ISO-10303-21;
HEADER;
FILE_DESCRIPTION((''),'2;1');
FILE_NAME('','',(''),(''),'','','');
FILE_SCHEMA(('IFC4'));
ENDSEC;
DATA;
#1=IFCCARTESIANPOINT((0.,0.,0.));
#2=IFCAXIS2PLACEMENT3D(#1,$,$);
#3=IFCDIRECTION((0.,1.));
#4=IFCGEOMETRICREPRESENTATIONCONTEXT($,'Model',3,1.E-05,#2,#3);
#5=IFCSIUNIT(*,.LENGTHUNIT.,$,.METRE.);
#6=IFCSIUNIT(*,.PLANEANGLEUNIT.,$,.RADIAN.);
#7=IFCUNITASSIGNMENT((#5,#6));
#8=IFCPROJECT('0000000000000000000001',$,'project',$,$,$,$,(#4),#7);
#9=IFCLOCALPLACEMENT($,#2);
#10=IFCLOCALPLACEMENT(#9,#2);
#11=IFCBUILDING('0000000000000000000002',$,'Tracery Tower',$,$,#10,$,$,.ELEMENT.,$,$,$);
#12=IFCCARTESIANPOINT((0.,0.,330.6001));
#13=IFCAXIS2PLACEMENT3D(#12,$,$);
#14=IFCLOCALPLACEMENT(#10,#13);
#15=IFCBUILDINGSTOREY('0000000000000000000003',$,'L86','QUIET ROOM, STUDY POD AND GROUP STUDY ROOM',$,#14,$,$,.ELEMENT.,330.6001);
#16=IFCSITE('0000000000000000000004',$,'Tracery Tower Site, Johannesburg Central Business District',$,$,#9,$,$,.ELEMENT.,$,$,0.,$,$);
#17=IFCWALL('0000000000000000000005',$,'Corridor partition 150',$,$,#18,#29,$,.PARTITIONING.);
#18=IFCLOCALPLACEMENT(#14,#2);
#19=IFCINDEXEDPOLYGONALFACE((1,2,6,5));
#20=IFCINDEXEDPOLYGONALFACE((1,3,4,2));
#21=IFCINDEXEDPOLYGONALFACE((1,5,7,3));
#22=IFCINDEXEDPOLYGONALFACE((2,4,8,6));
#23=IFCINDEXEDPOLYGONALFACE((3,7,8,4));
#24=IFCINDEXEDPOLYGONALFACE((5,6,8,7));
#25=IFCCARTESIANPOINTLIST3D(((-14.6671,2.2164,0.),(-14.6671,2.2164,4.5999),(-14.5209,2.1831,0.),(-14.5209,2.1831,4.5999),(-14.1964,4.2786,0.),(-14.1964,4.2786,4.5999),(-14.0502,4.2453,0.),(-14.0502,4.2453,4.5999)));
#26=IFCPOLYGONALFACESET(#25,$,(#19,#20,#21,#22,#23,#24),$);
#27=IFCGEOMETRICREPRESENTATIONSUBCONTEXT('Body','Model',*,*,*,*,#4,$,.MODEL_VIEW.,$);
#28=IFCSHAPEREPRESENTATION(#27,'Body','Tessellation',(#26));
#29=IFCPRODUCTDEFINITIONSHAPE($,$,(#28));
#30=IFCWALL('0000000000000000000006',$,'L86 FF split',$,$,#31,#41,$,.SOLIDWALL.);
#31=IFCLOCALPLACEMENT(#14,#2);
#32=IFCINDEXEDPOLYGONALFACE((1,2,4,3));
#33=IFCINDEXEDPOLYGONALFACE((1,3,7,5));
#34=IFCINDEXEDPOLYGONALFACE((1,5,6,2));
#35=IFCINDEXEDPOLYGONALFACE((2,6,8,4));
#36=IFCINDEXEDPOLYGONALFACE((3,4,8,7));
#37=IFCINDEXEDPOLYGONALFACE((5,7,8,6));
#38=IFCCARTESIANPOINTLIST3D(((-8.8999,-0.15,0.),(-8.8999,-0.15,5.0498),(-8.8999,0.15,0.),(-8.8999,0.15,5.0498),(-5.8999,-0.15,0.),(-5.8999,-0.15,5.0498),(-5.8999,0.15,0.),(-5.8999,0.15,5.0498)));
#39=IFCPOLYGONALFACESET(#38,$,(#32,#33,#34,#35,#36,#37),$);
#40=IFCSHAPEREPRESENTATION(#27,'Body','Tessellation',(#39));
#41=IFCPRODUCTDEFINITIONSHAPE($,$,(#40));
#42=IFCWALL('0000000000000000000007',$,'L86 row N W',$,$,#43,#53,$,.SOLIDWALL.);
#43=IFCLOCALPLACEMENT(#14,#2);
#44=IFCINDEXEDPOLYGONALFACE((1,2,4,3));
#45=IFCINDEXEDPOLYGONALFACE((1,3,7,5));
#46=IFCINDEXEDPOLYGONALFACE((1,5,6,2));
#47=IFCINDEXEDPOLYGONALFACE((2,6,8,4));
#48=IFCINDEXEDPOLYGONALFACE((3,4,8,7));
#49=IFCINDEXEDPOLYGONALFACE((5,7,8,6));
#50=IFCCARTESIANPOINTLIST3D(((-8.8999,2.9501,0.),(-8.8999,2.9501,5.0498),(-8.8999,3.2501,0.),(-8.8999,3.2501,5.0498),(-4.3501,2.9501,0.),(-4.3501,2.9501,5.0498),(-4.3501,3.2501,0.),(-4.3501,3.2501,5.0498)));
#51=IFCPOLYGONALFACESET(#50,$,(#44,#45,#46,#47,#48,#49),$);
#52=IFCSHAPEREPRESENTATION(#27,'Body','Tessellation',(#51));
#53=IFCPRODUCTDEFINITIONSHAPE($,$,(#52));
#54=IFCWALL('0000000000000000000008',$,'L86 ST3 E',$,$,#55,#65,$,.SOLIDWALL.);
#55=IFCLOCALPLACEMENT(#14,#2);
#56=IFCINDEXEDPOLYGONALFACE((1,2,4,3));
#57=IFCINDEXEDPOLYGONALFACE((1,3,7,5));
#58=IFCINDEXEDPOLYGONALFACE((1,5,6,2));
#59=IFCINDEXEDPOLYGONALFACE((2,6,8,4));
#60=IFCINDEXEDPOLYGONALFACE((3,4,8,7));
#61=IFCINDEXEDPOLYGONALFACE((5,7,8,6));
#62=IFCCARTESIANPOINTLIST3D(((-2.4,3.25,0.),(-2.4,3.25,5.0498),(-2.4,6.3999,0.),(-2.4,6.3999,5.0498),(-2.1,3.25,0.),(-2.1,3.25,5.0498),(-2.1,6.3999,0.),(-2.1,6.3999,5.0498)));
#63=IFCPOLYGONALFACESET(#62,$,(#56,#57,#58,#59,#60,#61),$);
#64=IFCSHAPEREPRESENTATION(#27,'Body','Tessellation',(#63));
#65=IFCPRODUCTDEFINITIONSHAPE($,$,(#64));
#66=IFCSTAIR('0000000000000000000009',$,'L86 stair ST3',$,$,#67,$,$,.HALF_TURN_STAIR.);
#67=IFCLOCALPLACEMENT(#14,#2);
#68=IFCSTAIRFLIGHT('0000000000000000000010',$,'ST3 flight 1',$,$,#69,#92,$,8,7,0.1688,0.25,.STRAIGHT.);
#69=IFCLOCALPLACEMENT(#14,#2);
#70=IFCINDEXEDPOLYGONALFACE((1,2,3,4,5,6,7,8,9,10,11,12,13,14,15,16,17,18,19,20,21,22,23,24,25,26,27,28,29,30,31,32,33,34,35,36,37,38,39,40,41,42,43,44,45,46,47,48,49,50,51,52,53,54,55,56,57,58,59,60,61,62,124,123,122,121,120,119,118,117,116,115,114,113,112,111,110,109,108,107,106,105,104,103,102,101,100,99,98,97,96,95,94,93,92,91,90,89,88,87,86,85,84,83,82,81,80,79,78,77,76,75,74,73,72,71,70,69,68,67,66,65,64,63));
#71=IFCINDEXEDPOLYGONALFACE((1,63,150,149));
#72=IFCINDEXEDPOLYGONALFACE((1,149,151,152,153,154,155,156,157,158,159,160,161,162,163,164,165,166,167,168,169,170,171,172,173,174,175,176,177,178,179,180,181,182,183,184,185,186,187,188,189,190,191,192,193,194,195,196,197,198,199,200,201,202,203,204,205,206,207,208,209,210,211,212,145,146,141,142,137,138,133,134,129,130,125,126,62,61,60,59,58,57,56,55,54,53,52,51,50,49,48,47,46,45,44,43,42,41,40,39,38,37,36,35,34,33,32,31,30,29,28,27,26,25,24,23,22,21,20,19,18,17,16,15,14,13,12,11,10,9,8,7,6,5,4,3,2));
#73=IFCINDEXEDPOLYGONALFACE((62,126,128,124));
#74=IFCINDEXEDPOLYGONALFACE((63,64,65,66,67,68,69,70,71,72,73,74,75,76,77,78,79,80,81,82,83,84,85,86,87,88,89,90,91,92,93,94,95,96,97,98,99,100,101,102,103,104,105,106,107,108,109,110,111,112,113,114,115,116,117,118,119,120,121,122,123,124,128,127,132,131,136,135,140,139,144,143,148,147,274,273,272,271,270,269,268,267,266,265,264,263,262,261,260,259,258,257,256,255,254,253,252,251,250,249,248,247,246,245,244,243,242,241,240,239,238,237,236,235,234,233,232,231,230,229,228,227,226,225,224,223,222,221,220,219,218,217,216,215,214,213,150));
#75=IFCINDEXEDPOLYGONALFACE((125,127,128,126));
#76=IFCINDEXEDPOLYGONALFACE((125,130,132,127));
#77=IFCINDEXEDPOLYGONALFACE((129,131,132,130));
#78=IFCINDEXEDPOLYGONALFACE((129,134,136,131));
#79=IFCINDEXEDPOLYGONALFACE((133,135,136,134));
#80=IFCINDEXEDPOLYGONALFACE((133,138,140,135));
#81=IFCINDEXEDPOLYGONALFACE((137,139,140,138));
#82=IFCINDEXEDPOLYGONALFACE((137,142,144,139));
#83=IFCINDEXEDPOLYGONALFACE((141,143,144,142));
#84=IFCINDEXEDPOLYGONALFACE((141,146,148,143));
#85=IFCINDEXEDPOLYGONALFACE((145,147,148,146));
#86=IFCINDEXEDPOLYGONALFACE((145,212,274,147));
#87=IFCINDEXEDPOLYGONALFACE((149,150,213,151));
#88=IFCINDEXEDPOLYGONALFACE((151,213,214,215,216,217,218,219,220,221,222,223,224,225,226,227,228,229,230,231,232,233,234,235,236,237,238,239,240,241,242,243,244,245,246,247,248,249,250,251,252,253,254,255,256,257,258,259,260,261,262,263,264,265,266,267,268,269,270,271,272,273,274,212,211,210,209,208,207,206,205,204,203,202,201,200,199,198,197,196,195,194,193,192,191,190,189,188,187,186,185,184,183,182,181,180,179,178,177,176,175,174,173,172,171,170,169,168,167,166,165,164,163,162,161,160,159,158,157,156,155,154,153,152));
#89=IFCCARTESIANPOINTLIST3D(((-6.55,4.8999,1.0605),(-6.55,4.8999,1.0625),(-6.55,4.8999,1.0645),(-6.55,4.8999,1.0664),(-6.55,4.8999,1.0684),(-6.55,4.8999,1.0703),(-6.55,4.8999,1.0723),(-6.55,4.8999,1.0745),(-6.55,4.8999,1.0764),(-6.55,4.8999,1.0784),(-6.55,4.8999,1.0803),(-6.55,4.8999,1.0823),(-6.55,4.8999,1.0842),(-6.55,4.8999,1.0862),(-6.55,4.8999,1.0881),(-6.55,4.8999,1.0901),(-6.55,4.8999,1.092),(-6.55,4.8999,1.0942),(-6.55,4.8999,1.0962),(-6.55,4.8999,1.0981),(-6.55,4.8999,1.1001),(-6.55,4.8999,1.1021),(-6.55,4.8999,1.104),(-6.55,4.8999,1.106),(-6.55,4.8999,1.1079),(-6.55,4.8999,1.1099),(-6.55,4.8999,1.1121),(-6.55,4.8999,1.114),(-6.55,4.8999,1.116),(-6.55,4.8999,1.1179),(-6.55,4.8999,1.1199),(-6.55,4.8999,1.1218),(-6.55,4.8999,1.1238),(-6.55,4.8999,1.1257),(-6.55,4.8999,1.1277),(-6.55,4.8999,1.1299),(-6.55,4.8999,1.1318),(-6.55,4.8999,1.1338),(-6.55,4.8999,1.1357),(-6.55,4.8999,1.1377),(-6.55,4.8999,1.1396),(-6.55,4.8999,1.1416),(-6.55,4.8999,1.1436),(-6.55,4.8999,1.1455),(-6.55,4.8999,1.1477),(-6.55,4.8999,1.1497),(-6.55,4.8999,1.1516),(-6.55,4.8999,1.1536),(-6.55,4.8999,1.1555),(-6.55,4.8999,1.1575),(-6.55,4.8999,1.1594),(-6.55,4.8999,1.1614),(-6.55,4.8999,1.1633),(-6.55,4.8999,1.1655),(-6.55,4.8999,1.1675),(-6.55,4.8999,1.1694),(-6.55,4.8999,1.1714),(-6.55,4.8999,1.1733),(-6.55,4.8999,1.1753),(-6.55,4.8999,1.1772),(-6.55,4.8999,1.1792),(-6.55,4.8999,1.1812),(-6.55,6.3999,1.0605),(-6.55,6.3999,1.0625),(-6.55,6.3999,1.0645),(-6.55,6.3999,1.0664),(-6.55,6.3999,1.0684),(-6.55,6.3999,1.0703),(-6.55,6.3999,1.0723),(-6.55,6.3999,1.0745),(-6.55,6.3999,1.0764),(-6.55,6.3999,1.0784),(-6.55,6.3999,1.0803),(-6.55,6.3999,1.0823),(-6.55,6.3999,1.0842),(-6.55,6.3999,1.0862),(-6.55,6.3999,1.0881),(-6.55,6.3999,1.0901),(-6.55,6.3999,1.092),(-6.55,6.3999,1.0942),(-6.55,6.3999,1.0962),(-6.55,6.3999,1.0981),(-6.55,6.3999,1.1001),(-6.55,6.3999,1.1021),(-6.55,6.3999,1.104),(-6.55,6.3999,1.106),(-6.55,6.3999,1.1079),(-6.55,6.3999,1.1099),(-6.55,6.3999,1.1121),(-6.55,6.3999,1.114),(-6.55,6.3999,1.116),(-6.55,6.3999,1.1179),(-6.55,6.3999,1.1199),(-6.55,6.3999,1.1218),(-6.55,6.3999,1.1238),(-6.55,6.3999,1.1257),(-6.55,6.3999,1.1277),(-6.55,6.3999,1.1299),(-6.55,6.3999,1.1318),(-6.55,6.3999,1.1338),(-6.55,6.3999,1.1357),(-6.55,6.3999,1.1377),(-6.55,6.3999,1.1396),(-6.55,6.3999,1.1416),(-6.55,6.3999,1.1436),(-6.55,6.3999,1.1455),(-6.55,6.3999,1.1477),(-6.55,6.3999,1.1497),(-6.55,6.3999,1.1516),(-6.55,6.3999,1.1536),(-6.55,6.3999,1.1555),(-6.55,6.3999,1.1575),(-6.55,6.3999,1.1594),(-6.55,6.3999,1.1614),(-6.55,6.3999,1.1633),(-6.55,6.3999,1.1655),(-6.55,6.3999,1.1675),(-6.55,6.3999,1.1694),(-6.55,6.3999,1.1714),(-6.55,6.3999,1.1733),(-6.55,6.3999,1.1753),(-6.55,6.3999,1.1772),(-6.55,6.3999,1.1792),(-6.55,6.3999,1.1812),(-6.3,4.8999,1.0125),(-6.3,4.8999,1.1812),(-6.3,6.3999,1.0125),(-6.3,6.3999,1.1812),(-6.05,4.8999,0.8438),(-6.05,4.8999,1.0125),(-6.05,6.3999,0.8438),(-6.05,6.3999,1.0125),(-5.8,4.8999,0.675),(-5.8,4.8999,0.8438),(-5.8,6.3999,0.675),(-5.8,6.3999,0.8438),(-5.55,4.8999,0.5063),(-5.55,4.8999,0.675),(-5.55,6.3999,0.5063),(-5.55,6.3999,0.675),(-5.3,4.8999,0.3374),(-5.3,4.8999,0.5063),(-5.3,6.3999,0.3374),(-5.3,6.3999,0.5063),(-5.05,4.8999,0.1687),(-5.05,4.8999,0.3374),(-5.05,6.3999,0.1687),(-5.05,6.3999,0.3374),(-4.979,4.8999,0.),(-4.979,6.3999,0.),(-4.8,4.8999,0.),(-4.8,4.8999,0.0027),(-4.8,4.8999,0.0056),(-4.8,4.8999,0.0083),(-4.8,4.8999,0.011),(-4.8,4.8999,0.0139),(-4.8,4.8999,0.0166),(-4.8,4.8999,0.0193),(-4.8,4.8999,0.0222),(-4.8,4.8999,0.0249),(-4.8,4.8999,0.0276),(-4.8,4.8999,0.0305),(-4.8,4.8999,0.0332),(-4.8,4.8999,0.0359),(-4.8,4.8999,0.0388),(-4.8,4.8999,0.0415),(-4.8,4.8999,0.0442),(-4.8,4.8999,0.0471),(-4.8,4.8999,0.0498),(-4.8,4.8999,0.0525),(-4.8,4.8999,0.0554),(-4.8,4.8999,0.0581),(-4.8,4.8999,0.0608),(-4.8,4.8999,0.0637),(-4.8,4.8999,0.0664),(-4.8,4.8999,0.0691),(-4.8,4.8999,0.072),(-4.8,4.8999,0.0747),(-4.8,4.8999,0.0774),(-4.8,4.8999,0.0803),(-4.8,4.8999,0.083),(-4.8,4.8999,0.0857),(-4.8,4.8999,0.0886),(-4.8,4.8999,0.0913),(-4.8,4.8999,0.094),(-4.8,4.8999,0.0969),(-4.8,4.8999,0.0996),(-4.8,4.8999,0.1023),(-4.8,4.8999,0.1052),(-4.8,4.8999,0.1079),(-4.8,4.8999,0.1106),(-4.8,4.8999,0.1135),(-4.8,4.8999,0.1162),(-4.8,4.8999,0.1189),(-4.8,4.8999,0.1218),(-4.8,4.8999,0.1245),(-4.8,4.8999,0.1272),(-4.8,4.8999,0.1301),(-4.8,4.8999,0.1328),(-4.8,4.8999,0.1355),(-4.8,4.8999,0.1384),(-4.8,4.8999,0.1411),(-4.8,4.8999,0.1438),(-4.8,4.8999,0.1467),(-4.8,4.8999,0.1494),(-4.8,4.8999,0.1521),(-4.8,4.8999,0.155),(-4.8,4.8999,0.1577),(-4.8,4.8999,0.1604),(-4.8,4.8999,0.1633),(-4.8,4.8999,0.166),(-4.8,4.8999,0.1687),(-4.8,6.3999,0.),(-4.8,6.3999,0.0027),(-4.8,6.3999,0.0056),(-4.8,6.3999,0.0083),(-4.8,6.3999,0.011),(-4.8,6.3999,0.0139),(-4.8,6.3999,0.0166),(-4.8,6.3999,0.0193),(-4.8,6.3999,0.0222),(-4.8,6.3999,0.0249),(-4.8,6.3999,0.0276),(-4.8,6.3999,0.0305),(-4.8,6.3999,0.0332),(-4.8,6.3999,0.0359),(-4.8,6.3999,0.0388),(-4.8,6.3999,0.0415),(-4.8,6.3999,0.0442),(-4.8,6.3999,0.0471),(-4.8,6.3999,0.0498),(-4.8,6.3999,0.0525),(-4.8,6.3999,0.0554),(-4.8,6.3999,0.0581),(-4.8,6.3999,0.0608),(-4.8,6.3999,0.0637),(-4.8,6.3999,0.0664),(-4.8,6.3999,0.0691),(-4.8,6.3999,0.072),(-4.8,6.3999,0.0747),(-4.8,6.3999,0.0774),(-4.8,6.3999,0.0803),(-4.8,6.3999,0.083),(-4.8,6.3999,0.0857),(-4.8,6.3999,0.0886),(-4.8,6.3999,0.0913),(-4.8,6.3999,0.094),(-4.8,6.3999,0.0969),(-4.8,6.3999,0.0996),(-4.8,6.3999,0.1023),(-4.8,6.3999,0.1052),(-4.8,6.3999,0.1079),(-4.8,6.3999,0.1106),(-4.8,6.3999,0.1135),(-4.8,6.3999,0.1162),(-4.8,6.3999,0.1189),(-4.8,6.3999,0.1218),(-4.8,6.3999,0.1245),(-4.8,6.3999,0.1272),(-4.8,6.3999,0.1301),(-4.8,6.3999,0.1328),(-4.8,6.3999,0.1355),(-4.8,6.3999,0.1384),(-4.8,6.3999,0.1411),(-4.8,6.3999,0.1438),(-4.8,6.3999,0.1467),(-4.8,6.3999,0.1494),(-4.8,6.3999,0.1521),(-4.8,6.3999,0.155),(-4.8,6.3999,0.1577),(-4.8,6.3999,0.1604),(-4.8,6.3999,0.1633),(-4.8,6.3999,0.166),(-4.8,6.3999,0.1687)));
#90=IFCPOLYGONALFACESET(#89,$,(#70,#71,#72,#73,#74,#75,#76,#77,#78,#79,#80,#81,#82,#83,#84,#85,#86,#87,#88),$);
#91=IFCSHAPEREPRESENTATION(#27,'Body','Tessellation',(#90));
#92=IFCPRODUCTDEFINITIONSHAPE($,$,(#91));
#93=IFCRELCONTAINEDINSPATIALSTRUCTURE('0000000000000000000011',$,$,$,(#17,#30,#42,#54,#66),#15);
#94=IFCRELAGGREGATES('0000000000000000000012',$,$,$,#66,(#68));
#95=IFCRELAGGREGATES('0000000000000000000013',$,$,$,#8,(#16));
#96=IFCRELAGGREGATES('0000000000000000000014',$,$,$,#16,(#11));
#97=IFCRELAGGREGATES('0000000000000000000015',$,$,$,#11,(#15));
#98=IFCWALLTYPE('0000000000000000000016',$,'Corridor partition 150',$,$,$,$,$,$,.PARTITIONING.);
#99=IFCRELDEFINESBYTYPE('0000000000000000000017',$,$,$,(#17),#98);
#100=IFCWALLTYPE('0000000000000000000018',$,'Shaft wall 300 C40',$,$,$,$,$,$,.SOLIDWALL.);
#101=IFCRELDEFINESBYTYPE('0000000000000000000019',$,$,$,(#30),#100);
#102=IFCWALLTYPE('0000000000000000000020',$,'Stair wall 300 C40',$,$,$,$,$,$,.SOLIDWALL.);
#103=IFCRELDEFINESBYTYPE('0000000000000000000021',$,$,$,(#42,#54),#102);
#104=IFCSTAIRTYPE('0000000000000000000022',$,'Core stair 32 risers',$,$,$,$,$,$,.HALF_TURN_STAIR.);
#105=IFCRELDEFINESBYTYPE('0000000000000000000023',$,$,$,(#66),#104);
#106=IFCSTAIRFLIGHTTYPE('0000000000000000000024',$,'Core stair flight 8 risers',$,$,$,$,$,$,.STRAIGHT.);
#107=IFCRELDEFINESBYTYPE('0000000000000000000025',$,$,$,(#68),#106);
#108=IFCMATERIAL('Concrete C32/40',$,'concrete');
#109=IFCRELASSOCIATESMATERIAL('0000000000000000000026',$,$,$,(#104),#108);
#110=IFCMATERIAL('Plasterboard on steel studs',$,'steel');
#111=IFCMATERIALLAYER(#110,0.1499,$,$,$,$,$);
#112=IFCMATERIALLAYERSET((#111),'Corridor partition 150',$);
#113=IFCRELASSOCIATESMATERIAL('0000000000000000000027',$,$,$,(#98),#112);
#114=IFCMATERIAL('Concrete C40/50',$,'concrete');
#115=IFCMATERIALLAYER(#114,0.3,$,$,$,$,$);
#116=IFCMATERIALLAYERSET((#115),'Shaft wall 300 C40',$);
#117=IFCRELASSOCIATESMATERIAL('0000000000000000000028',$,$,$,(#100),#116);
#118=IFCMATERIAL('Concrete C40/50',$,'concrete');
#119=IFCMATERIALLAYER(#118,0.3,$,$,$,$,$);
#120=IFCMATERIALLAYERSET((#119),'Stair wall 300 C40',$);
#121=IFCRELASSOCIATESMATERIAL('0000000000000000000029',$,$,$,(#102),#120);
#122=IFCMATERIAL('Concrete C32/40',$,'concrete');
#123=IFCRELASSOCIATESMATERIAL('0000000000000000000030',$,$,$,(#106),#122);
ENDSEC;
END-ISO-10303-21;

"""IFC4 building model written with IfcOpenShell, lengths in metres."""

from ifc_helpers import new_model, si_unit, direction, frame, frame_2d, origin, place, context, subcontext, project, spatial, polyline, rectangle, outline, extrude, material, layer, layer_set, type_object, element, aggregate, save


model = new_model("IFC4")

# Units and contexts
model_context = context("Model", 3, precision=1e-05, world=origin(), true_north=direction((0.0, 1.0)))
body_context = subcontext(model_context, "Body", "Model", "MODEL_VIEW")
ifc_project = project(units=[si_unit("LENGTHUNIT", "METRE"), si_unit("PLANEANGLEUNIT", "RADIAN")], contexts=[model_context])

# Site, building, storey
site_placement = place(None, origin())
site = spatial("IfcSite", under=ifc_project, at=site_placement, Name="Tracery Tower Site, Johannesburg Central Business District", CompositionType="ELEMENT", RefElevation=0.0)
building_placement = place(site_placement, origin())
building = spatial("IfcBuilding", under=site, at=building_placement, Name="Tracery Tower", CompositionType="ELEMENT")
storey_placement = place(building_placement, frame((0.0, 0.0, 330.6001)))
storey = spatial("IfcBuildingStorey", under=building, at=storey_placement, Name="L86", Description="QUIET ROOM, STUDY POD AND GROUP STUDY ROOM", CompositionType="ELEMENT", Elevation=330.6001)

# Shared definitions
ifc_material_1 = material(Name="Concrete C32/40", Category="concrete")
stair_type = type_object("IfcStairType", Name="Core stair 32 risers", PredefinedType="HALF_TURN_STAIR", material=ifc_material_1)

# Walls
ifc_material_2 = material(Name="Plasterboard on steel studs", Category="steel")
ifc_layer_1 = layer(ifc_material_2, 0.1499)
ifc_layer_set_1 = layer_set([ifc_layer_1], Name="Corridor partition 150")
wall_type_1 = type_object("IfcWallType", Name="Corridor partition 150", PredefinedType="PARTITIONING", material=ifc_layer_set_1)
wall_1_placement = place(storey_placement, frame((-14.1233, 4.262, 0.0), z_axis=(0.0, 0.0, 1.0), x_axis=(-0.222524, -0.974927, 0.0)))
element("IfcWall", 1, at=wall_1_placement, inside=storey, type_object=wall_type_1, Name="Corridor partition 150", PredefinedType="PARTITIONING", context=body_context, shape_type="SweptSolid", body=[
    extrude(rectangle(XDim=2.1152, YDim=0.1499, at=frame_2d((1.0576, 0.0))), origin(), (0.0, 0.0, 1.0), 4.5999),
])
ifc_material_3 = material(Name="Concrete C40/50", Category="concrete")
ifc_layer_2 = layer(ifc_material_3, 0.3)
ifc_layer_set_2 = layer_set([ifc_layer_2], Name="Shaft wall 300 C40")
wall_type_2 = type_object("IfcWallType", Name="Shaft wall 300 C40", PredefinedType="SOLIDWALL", material=ifc_layer_set_2)
wall_2_placement = place(storey_placement, frame((-8.8999, 0.0, 0.0), z_axis=(0.0, 0.0, 1.0), x_axis=(1.0, 0.0, 0.0)))
element("IfcWall", 2, at=wall_2_placement, inside=storey, type_object=wall_type_2, Name="L86 FF split", PredefinedType="SOLIDWALL", context=body_context, shape_type="SweptSolid", body=[
    extrude(rectangle(XDim=3.0, YDim=0.3, at=frame_2d((1.5, 0.0))), origin(), (0.0, 0.0, 1.0), 5.0498),
])
ifc_material_4 = material(Name="Concrete C40/50", Category="concrete")
ifc_layer_3 = layer(ifc_material_4, 0.3)
ifc_layer_set_3 = layer_set([ifc_layer_3], Name="Stair wall 300 C40")
wall_type_3 = type_object("IfcWallType", Name="Stair wall 300 C40", PredefinedType="SOLIDWALL", material=ifc_layer_set_3)
wall_3_placement = place(storey_placement, frame((-8.8999, 3.1001, 0.0), z_axis=(0.0, 0.0, 1.0), x_axis=(1.0, 0.0, 0.0)))
element("IfcWall", 3, at=wall_3_placement, inside=storey, type_object=wall_type_3, Name="L86 row N W", PredefinedType="SOLIDWALL", context=body_context, shape_type="SweptSolid", body=[
    extrude(rectangle(XDim=4.5498, YDim=0.3, at=frame_2d((2.2749, 0.0))), origin(), (0.0, 0.0, 1.0), 5.0498),
])

# Wall
wall_4_placement = place(storey_placement, frame((-2.25, 3.25, 0.0), z_axis=(0.0, 0.0, 1.0), x_axis=(0.0, 1.0, 0.0)))
element("IfcWall", 4, at=wall_4_placement, inside=storey, type_object=wall_type_3, Name="L86 ST3 E", PredefinedType="SOLIDWALL", context=body_context, shape_type="SweptSolid", body=[
    extrude(rectangle(XDim=3.1499, YDim=0.3, at=frame_2d((1.575, 0.0))), origin(), (0.0, 0.0, 1.0), 5.0498),
])

# Stair, stair flight
stair_1_placement = place(storey_placement, origin())
stair_1 = element("IfcStair", 5, at=stair_1_placement, inside=storey, type_object=stair_type, Name="L86 stair ST3", PredefinedType="HALF_TURN_STAIR")
ifc_material_5 = material(Name="Concrete C32/40", Category="concrete")
stair_flight_type = type_object("IfcStairFlightType", Name="Core stair flight 8 risers", PredefinedType="STRAIGHT", material=ifc_material_5)
stair_flight_1_placement = place(storey_placement, frame((-4.8, 5.6499, 0.0), z_axis=(0.0, 0.0, 1.0), x_axis=(-1.0, 0.0, 0.0)))
stair_flight_1 = element("IfcStairFlight", 6, at=stair_flight_1_placement, type_object=stair_flight_type, Name="ST3 flight 1", NumberOfRisers=8, NumberOfTreads=7, PredefinedType="STRAIGHT", RiserHeight=0.1688, TreadLength=0.25, context=body_context, shape_type="SweptSolid", body=[
    extrude(outline(polyline([(0.0, 0.0), (0.0, 0.0027), (0.0, 0.0056), (0.0, 0.0083), (0.0, 0.011), (0.0, 0.0139), (0.0, 0.0166), (0.0, 0.0193), (0.0, 0.0222), (0.0, 0.0249), (0.0, 0.0276), (0.0, 0.0305), (0.0, 0.0332), (0.0, 0.0359), (0.0, 0.0388), (0.0, 0.0415), (0.0, 0.0442), (0.0, 0.0471), (0.0, 0.0498), (0.0, 0.0525), (0.0, 0.0554), (0.0, 0.0581), (0.0, 0.0608), (0.0, 0.0637), (0.0, 0.0664), (0.0, 0.0691), (0.0, 0.072), (0.0, 0.0747), (0.0, 0.0774), (0.0, 0.0803), (0.0, 0.083), (0.0, 0.0857), (0.0, 0.0886), (0.0, 0.0913), (0.0, 0.094), (0.0, 0.0969), (0.0, 0.0996), (0.0, 0.1023), (0.0, 0.1052), (0.0, 0.1079), (0.0, 0.1106), (0.0, 0.1135), (0.0, 0.1162), (0.0, 0.1189), (0.0, 0.1218), (0.0, 0.1245), (0.0, 0.1272), (0.0, 0.1301), (0.0, 0.1328), (0.0, 0.1355), (0.0, 0.1384), (0.0, 0.1411), (0.0, 0.1438), (0.0, 0.1467), (0.0, 0.1494), (0.0, 0.1521), (0.0, 0.155), (0.0, 0.1577), (0.0, 0.1604), (0.0, 0.1633), (0.0, 0.166), (0.0, 0.1687), (0.25, 0.1687), (0.25, 0.3374), (0.5, 0.3374), (0.5, 0.5063), (0.75, 0.5063), (0.75, 0.675), (1.0, 0.675), (1.0, 0.8438), (1.25, 0.8438), (1.25, 1.0125), (1.5, 1.0125), (1.5, 1.1812), (1.75, 1.1812), (1.75, 1.1792), (1.75, 1.1772), (1.75, 1.1753), (1.75, 1.1733), (1.75, 1.1714), (1.75, 1.1694), (1.75, 1.1675), (1.75, 1.1655), (1.75, 1.1633), (1.75, 1.1614), (1.75, 1.1594), (1.75, 1.1575), (1.75, 1.1555), (1.75, 1.1536), (1.75, 1.1516), (1.75, 1.1497), (1.75, 1.1477), (1.75, 1.1455), (1.75, 1.1436), (1.75, 1.1416), (1.75, 1.1396), (1.75, 1.1377), (1.75, 1.1357), (1.75, 1.1338), (1.75, 1.1318), (1.75, 1.1299), (1.75, 1.1277), (1.75, 1.1257), (1.75, 1.1238), (1.75, 1.1218), (1.75, 1.1199), (1.75, 1.1179), (1.75, 1.116), (1.75, 1.114), (1.75, 1.1121), (1.75, 1.1099), (1.75, 1.1079), (1.75, 1.106), (1.75, 1.104), (1.75, 1.1021), (1.75, 1.1001), (1.75, 1.0981), (1.75, 1.0962), (1.75, 1.0942), (1.75, 1.092), (1.75, 1.0901), (1.75, 1.0881), (1.75, 1.0862), (1.75, 1.0842), (1.75, 1.0823), (1.75, 1.0803), (1.75, 1.0784), (1.75, 1.0764), (1.75, 1.0745), (1.75, 1.0723), (1.75, 1.0703), (1.75, 1.0684), (1.75, 1.0664), (1.75, 1.0645), (1.75, 1.0625), (1.75, 1.0605), (0.179, 0.0), (0.0, 0.0)])), frame((0.0, 0.75, 0.0), z_axis=(0.0, -1.0, 0.0), x_axis=(1.0, 0.0, 0.0)), (0.0, 0.0, 1.0), 1.5),
])
aggregate(stair_1, [stair_flight_1])

save(model, "model.ifc")
